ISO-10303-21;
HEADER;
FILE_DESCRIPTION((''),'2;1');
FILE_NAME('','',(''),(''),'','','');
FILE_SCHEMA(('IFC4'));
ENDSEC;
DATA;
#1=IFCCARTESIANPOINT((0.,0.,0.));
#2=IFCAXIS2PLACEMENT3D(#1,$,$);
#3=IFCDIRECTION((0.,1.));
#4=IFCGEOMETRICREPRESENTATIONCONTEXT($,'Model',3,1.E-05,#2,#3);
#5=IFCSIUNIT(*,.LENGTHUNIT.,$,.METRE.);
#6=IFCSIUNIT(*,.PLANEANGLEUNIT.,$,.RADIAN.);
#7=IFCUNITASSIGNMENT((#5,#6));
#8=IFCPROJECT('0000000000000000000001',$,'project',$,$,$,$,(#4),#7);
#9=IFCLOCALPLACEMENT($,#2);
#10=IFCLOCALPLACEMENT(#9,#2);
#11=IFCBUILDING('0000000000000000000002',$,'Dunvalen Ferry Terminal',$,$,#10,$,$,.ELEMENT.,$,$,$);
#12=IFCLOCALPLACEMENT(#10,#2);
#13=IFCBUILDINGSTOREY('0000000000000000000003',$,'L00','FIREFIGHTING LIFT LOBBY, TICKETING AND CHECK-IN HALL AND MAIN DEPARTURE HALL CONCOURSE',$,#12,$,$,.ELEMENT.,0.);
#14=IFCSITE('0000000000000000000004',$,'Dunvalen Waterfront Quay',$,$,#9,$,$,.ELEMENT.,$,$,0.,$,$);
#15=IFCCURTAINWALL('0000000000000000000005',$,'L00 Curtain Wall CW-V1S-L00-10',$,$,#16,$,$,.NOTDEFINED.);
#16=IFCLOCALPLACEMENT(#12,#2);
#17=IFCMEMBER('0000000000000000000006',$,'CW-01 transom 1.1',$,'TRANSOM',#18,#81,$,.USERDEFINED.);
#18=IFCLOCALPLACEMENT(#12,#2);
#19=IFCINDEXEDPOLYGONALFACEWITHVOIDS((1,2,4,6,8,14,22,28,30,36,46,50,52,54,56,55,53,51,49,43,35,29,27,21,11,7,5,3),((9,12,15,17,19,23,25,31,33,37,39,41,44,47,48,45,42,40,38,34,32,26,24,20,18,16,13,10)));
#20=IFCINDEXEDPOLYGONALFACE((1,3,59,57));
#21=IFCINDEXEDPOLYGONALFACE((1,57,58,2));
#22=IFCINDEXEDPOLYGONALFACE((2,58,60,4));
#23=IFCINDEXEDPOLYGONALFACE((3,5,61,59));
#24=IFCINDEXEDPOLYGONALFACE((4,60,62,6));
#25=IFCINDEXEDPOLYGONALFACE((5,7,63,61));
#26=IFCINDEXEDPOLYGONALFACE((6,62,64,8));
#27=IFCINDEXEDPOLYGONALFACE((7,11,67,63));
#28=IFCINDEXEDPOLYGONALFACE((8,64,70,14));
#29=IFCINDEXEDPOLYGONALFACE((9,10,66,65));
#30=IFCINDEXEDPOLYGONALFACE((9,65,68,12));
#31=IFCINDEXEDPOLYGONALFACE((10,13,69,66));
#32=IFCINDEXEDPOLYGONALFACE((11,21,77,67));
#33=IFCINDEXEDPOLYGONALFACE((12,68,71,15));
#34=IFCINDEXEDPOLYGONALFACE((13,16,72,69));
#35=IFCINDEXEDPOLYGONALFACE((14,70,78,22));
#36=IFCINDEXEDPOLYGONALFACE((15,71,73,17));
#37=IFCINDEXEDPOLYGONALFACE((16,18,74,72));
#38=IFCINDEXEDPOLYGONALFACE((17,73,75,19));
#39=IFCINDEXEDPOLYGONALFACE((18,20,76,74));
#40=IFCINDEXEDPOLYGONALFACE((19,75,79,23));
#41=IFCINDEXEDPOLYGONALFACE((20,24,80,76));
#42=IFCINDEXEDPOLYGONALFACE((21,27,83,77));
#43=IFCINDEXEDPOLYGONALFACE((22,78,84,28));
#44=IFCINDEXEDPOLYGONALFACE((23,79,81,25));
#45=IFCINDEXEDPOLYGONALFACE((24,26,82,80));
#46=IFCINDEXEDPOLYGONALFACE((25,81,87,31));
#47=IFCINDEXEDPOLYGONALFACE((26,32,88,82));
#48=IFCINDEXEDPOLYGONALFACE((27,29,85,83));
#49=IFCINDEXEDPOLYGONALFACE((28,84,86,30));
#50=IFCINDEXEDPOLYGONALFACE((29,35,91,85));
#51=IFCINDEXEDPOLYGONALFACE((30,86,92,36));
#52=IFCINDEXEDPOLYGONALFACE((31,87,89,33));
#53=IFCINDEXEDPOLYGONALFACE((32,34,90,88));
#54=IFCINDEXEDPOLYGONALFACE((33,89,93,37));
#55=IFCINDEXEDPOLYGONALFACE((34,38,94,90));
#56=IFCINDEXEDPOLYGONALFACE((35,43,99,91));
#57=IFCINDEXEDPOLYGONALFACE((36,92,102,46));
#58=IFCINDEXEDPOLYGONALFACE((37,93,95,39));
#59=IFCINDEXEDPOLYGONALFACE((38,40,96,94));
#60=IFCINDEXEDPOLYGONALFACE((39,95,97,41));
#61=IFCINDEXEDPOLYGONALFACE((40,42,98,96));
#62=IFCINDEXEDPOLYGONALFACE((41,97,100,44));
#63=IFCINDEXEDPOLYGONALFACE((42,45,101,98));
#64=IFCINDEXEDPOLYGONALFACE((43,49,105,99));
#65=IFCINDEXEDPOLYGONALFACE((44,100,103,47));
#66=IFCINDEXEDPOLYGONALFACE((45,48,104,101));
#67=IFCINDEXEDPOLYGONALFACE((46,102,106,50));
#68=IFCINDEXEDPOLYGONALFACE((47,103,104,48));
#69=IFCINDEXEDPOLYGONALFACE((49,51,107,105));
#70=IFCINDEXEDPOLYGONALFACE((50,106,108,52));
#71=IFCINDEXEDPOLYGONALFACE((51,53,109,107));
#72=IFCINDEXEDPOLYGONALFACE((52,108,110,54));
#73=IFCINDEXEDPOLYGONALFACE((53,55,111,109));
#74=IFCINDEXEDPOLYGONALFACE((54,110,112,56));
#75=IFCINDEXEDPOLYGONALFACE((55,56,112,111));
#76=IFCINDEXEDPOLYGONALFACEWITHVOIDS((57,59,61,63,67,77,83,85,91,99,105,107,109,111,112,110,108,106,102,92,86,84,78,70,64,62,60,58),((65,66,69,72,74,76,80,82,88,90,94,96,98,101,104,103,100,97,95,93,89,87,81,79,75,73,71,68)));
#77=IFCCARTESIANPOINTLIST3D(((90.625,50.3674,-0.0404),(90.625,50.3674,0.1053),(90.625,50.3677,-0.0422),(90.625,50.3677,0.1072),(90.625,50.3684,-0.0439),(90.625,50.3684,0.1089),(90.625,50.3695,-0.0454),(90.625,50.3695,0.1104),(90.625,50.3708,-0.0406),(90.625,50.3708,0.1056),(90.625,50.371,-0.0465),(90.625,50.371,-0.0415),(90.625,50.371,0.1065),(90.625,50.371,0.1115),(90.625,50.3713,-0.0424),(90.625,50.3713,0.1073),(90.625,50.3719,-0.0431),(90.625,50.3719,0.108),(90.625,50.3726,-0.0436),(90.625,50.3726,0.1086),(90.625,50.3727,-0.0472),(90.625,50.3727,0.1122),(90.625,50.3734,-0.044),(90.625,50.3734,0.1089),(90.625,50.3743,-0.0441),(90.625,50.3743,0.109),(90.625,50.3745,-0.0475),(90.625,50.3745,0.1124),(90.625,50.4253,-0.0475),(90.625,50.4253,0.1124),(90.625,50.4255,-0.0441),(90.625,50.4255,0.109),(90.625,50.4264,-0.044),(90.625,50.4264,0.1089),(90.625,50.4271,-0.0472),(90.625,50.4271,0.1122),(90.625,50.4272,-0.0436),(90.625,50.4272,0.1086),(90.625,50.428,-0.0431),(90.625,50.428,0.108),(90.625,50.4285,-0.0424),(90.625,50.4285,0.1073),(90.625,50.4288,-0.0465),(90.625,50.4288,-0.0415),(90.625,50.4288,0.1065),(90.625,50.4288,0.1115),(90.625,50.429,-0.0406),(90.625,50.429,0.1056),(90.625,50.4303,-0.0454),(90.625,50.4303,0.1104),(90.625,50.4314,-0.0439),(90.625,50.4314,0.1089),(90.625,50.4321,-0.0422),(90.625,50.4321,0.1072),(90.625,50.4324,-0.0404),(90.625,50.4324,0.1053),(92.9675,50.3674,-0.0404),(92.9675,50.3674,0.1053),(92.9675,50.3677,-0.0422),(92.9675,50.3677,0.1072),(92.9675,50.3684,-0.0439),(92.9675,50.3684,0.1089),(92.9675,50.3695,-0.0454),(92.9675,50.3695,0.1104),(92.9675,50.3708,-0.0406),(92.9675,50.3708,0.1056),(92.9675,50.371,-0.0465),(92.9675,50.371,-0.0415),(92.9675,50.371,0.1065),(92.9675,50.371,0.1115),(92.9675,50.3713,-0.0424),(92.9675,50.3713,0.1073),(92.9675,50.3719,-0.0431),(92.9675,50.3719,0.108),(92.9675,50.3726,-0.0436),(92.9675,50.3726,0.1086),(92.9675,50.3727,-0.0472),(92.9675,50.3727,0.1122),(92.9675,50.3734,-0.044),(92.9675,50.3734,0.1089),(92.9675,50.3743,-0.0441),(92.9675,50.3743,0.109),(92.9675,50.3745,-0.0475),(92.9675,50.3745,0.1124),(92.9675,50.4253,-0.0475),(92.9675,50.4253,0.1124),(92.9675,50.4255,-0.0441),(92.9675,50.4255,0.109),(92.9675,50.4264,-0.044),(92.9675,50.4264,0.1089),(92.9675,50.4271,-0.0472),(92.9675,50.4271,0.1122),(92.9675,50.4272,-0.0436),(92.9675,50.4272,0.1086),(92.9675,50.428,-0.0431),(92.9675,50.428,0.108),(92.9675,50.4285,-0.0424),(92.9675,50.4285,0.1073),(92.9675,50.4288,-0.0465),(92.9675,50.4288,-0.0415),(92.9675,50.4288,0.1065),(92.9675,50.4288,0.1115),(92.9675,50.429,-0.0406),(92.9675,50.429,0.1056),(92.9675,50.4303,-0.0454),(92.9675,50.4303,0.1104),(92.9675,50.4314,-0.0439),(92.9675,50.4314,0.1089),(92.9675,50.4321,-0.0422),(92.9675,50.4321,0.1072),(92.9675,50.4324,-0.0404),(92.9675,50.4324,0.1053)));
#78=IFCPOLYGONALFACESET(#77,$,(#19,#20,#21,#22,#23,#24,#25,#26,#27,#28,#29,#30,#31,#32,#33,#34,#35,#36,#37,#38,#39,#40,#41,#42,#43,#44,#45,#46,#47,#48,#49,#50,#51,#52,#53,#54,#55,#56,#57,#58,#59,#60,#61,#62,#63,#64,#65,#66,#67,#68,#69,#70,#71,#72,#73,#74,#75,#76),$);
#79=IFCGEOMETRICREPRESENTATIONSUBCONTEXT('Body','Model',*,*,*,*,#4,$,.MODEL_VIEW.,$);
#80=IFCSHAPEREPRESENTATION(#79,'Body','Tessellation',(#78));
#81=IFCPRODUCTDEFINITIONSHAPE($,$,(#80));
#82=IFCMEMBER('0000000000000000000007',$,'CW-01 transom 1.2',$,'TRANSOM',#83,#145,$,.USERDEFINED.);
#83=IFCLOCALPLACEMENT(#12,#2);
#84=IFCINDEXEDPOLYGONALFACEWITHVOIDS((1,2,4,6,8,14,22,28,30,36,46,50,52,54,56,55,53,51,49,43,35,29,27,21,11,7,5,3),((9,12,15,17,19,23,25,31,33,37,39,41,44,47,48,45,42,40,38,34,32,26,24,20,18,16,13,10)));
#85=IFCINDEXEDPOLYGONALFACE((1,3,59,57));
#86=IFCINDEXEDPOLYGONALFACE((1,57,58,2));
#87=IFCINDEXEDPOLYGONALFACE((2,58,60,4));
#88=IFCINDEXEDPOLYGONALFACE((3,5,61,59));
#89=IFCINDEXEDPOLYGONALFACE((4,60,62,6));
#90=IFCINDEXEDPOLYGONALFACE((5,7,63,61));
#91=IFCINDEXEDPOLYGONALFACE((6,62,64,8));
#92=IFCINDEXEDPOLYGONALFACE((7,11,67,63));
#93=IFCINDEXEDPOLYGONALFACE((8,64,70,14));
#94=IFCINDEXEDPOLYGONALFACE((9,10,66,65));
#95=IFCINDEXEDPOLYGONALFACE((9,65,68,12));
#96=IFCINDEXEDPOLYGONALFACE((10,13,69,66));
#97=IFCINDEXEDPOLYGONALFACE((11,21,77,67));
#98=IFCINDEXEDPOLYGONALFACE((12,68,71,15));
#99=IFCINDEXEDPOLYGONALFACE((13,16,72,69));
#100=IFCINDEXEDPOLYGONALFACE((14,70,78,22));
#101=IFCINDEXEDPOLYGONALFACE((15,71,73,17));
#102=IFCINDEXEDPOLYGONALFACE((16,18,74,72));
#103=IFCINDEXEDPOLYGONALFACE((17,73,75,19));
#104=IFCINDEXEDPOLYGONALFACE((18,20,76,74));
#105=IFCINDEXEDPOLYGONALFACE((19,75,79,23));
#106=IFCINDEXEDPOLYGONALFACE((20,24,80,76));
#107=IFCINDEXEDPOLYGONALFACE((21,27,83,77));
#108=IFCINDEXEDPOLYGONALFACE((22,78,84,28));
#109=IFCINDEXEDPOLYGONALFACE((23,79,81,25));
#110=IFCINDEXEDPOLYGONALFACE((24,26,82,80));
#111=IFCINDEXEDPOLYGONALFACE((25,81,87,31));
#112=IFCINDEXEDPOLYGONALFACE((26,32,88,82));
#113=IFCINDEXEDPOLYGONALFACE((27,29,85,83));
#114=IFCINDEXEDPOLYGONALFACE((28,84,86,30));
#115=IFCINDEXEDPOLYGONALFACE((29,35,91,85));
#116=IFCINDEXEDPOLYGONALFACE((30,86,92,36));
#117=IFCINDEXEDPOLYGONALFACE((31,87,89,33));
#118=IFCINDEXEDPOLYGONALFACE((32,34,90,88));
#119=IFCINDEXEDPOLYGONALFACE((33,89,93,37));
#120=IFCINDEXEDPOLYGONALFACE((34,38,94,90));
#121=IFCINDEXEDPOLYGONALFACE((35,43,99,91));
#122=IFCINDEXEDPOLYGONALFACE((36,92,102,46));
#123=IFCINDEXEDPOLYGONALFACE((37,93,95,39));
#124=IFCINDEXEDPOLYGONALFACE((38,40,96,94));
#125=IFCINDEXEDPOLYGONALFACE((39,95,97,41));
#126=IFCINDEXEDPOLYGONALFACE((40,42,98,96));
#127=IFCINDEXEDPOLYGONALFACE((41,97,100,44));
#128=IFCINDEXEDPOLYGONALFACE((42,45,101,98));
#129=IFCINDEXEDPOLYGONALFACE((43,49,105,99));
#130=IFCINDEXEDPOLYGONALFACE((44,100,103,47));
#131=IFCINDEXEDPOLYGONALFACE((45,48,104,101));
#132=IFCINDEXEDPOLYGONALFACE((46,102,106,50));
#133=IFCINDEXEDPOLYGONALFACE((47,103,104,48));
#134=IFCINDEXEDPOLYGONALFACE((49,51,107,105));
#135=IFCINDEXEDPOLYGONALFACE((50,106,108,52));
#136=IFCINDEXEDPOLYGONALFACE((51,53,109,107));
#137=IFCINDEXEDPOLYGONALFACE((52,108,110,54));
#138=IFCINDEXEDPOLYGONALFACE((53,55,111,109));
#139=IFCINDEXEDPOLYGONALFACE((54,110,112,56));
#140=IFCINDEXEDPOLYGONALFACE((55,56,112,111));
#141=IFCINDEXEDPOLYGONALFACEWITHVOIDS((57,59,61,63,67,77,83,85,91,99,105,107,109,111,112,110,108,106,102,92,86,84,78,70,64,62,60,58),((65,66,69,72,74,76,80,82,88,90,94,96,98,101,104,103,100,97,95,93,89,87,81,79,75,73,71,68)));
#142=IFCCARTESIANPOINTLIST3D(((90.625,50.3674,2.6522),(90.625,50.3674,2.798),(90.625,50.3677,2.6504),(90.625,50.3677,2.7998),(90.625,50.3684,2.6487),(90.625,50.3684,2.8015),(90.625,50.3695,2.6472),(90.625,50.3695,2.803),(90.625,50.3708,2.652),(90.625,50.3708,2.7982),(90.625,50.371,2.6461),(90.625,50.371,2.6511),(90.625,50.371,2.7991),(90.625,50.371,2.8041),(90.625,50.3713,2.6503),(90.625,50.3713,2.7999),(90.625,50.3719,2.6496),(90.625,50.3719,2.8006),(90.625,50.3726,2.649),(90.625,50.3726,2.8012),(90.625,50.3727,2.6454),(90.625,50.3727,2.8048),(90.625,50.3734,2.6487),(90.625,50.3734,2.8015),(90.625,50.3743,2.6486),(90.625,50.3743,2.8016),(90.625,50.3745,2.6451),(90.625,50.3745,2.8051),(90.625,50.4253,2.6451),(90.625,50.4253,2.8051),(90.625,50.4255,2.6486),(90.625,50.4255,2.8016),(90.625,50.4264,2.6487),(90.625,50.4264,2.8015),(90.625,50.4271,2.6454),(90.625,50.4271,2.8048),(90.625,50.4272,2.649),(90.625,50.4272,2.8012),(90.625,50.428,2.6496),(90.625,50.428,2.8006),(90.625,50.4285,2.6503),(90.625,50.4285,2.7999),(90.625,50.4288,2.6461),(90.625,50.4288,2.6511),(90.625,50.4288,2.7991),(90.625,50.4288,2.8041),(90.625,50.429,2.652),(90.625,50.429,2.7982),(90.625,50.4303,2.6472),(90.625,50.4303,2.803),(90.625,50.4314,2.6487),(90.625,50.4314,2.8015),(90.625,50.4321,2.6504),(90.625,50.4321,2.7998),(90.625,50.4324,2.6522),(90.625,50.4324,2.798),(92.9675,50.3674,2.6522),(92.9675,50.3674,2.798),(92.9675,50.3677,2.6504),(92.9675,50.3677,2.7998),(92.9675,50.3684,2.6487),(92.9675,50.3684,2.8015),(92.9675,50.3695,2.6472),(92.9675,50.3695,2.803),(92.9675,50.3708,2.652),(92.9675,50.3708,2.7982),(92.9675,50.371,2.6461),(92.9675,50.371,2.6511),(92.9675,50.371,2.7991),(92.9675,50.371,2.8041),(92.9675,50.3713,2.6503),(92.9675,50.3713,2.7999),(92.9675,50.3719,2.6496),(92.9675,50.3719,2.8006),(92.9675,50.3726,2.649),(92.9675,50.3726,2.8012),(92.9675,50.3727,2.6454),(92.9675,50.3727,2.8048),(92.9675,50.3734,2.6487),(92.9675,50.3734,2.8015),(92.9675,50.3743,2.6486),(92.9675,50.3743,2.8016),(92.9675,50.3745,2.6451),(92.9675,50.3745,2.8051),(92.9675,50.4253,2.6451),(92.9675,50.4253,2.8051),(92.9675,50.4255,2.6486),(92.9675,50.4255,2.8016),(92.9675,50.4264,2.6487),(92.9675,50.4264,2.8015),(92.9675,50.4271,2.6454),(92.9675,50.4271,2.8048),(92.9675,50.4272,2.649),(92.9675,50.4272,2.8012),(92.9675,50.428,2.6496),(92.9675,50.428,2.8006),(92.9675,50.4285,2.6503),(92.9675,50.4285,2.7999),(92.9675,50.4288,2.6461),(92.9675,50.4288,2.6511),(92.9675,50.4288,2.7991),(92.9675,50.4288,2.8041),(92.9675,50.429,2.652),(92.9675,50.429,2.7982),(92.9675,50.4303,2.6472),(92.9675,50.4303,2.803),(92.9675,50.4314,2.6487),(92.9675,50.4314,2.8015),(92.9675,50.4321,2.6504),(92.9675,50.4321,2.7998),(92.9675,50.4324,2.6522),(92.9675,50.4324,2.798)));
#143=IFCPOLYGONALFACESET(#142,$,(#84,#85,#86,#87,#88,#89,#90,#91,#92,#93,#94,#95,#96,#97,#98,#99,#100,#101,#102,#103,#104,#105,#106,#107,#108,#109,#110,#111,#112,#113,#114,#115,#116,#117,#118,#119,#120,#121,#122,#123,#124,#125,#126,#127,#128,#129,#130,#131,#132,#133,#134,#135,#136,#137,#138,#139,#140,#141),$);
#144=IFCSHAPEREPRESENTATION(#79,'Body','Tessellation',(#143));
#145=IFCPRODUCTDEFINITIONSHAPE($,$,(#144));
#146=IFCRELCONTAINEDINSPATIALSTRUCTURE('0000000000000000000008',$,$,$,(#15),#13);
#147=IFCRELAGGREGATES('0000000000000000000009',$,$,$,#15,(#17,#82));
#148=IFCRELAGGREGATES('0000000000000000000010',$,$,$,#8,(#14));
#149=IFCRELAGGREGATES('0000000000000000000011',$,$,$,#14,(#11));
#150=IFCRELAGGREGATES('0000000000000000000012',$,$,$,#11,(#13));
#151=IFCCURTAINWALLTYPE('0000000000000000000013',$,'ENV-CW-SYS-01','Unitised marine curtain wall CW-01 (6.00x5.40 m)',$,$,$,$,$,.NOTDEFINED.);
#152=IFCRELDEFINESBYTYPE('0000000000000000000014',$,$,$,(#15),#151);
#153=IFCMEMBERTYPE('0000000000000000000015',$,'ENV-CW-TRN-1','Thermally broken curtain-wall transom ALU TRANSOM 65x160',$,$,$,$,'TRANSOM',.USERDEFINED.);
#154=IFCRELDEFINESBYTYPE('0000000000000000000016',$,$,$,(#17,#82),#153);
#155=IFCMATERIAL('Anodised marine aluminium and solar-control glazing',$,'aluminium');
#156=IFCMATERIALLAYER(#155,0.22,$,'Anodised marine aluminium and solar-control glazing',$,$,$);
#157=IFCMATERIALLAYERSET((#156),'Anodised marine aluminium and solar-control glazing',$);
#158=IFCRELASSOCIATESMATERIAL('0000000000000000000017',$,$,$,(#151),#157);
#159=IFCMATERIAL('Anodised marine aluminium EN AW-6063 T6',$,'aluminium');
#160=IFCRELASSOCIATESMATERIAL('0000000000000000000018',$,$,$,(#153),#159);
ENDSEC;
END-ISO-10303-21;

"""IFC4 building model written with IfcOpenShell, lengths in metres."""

from ifc_helpers import new_model, si_unit, direction, frame, origin, origin_2d, place, context, subcontext, project, spatial, hollow_rectangle, extrude, material, layer, layer_set, material_profile, profile_set, type_object, element, aggregate, save


model = new_model("IFC4")

# Units and contexts
model_context = context("Model", 3, precision=1e-05, world=origin(), true_north=direction((0.0, 1.0)))
body_context = subcontext(model_context, "Body", "Model", "MODEL_VIEW")
ifc_project = project(units=[si_unit("LENGTHUNIT", "METRE"), si_unit("PLANEANGLEUNIT", "RADIAN")], contexts=[model_context])

# Site, building, storey
site_placement = place(None, origin())
site = spatial("IfcSite", under=ifc_project, at=site_placement, Name="Dunvalen Waterfront Quay", CompositionType="ELEMENT", RefElevation=0.0)
building_placement = place(site_placement, origin())
building = spatial("IfcBuilding", under=site, at=building_placement, Name="Dunvalen Ferry Terminal", CompositionType="ELEMENT")
storey_placement = place(building_placement, origin())
storey = spatial("IfcBuildingStorey", under=building, at=storey_placement, Name="L00", Description="FIREFIGHTING LIFT LOBBY, TICKETING AND CHECK-IN HALL AND MAIN DEPARTURE HALL CONCOURSE", CompositionType="ELEMENT", Elevation=0.0)

# Curtain wall, members
ifc_material_1 = material(Name="Anodised marine aluminium and solar-control glazing", Category="aluminium")
ifc_layer_1 = layer(ifc_material_1, 0.22, Name="Anodised marine aluminium and solar-control glazing")
ifc_layer_set_1 = layer_set([ifc_layer_1], Name="Anodised marine aluminium and solar-control glazing")
curtain_wall_type = type_object("IfcCurtainWallType", Name="ENV-CW-SYS-01", Description="Unitised marine curtain wall CW-01 (6.00x5.40 m)", PredefinedType="NOTDEFINED", material=ifc_layer_set_1)
curtain_wall_placement = place(storey_placement, origin())
curtain_wall = element("IfcCurtainWall", 1, at=curtain_wall_placement, inside=storey, type_object=curtain_wall_type, Name="L00 Curtain Wall CW-V1S-L00-10", PredefinedType="NOTDEFINED")
ifc_material_2 = material(Name="Anodised marine aluminium EN AW-6063 T6", Category="aluminium")
ifc_material_profile_1 = material_profile(ifc_material_2, hollow_rectangle(XDim=0.0649, YDim=0.1599, WallThickness=0.0034, InnerFilletRadius=0.0034, OuterFilletRadius=0.0071, at=origin_2d()), Name="Anodised marine aluminium EN AW-6063 T6")
ifc_profile_set_1 = profile_set([ifc_material_profile_1], Name="Anodised marine aluminium EN AW-6063 T6")
member_type_1 = type_object("IfcMemberType", Name="ENV-CW-TRN-1", Description="Thermally broken curtain-wall transom ALU TRANSOM 65x160", ElementType="TRANSOM", PredefinedType="USERDEFINED", material=ifc_profile_set_1)
member_1_placement = place(storey_placement, frame((90.625, 50.3999, 0.0325), z_axis=(1.0, 0.0, 0.0), x_axis=(0.0, 1.0, 0.0)))
member_1 = element("IfcMember", 2, at=member_1_placement, type_object=member_type_1, Name="CW-01 transom 1.1", ObjectType="TRANSOM", PredefinedType="USERDEFINED", context=body_context, shape_type="SweptSolid", body=[
    extrude(hollow_rectangle(XDim=0.0649, YDim=0.1599, WallThickness=0.0034, InnerFilletRadius=0.0034, OuterFilletRadius=0.0071, at=origin_2d()), origin(), (0.0, 0.0, 1.0), 2.3425),
])
member_2_placement = place(storey_placement, frame((90.625, 50.3999, 2.7251), z_axis=(1.0, 0.0, 0.0), x_axis=(0.0, 1.0, 0.0)))
member_2 = element("IfcMember", 3, at=member_2_placement, type_object=member_type_1, Name="CW-01 transom 1.2", ObjectType="TRANSOM", PredefinedType="USERDEFINED", context=body_context, shape_type="SweptSolid", body=[
    extrude(hollow_rectangle(XDim=0.0649, YDim=0.1599, WallThickness=0.0034, InnerFilletRadius=0.0034, OuterFilletRadius=0.0071, at=origin_2d()), origin(), (0.0, 0.0, 1.0), 2.3425),
])
aggregate(curtain_wall, [member_1, member_2])

save(model, "model.ifc")
